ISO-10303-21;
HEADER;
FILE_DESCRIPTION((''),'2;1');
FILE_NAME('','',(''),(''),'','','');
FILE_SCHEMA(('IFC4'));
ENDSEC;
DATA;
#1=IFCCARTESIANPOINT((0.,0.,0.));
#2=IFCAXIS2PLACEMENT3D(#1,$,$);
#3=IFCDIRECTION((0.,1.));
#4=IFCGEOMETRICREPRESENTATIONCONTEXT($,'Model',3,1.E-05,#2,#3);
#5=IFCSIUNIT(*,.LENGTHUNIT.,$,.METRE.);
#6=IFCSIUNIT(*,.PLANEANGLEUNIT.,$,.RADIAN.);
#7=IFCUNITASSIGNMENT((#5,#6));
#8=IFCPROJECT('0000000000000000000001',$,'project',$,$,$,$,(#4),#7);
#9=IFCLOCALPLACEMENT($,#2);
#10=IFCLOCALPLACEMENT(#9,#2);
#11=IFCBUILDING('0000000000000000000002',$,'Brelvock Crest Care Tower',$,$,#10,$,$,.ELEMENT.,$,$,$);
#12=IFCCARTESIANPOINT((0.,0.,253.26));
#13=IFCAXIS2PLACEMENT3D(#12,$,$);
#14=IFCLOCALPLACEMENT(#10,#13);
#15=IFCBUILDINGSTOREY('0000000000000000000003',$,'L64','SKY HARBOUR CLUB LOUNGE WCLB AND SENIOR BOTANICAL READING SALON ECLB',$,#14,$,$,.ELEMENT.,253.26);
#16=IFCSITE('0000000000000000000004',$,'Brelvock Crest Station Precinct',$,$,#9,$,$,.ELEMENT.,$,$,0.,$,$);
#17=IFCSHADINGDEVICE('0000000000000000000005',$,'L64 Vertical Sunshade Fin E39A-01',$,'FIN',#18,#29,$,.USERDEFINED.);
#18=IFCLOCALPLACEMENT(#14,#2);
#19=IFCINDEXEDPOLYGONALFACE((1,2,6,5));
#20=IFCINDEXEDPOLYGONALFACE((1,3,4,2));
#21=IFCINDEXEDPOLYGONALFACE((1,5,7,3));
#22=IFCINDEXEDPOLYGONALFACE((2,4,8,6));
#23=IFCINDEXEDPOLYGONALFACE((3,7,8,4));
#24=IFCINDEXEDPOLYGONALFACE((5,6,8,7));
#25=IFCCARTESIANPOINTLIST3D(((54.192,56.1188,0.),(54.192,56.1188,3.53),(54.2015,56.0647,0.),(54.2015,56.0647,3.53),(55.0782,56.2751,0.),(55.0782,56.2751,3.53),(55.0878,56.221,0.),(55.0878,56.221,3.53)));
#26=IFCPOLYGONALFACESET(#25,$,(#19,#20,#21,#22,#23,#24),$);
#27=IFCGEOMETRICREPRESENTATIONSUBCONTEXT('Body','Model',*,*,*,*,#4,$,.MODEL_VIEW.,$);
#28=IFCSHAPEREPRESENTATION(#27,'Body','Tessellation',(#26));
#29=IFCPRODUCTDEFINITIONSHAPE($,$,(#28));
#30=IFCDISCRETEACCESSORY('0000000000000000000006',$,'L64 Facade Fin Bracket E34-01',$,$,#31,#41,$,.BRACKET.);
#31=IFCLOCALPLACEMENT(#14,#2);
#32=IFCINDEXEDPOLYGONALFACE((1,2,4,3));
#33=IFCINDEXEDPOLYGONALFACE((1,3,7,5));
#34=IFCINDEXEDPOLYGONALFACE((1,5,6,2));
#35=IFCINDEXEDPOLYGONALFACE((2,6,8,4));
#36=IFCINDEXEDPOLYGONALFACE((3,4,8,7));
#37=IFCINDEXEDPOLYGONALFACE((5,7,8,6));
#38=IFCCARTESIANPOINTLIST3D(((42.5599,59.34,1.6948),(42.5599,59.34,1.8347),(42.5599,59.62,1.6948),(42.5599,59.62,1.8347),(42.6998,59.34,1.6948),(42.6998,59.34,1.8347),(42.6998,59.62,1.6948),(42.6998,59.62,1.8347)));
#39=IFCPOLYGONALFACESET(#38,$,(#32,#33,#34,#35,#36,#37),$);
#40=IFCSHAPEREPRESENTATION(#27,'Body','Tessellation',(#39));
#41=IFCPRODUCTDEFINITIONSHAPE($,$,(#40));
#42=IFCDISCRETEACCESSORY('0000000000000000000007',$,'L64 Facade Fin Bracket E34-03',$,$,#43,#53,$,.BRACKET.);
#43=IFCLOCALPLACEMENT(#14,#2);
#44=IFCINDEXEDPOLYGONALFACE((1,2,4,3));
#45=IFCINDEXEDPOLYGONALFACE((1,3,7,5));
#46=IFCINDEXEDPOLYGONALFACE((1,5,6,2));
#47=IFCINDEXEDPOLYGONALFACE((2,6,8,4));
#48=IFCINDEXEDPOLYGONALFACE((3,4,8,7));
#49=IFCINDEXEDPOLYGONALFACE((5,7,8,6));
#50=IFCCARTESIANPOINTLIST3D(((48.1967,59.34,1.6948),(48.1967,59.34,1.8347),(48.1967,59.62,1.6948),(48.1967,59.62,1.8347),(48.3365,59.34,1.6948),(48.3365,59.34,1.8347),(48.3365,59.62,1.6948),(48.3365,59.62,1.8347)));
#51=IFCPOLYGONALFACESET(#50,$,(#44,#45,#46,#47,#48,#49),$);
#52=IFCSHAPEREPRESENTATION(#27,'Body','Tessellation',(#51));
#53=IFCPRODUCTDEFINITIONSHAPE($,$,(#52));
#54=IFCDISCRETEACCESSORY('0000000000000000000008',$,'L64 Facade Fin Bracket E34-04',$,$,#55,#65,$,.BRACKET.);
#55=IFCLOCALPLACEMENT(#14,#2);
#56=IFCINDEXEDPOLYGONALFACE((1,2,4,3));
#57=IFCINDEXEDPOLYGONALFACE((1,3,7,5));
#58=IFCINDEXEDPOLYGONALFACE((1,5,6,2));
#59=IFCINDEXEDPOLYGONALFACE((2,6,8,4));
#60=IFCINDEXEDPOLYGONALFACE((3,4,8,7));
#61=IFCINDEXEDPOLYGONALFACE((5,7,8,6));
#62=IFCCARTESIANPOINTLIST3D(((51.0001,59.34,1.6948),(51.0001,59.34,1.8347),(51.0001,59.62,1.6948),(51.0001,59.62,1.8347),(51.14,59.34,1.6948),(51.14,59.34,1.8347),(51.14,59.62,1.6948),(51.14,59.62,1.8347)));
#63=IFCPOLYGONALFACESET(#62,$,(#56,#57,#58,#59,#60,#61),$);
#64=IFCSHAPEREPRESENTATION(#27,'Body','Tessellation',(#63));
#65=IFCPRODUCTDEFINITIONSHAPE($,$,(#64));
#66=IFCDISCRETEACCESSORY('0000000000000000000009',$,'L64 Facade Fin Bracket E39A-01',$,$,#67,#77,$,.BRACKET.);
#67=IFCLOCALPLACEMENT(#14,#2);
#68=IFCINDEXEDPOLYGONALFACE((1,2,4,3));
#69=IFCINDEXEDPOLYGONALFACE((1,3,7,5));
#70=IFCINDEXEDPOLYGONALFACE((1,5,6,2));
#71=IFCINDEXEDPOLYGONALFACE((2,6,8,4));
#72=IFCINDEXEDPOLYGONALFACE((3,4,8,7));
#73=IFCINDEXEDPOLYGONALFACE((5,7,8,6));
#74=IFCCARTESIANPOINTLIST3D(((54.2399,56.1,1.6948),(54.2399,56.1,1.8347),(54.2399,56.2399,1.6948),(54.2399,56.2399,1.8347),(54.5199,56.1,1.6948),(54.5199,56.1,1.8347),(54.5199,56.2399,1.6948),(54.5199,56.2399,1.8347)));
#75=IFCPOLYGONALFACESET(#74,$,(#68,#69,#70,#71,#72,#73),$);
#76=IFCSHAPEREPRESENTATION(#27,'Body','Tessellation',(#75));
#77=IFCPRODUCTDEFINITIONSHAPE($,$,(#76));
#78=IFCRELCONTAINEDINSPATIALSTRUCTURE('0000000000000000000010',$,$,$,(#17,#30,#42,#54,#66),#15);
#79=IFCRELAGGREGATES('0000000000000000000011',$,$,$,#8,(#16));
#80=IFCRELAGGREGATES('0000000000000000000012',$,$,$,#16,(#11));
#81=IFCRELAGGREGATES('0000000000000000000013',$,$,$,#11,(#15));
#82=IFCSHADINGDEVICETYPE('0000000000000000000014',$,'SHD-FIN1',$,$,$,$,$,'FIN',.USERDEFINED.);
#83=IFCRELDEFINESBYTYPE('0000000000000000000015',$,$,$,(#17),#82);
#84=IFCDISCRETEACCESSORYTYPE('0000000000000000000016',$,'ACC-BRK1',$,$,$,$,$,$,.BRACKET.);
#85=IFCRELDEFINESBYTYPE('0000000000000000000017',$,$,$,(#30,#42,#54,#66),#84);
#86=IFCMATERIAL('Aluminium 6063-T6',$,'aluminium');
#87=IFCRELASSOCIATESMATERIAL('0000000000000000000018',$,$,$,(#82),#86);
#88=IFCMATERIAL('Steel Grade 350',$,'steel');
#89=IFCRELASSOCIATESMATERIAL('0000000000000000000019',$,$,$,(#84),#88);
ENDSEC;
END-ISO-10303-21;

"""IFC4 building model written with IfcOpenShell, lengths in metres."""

from ifc_helpers import new_model, si_unit, direction, frame, origin, origin_2d, place, context, subcontext, project, spatial, rectangle, extrude, source, transform, mapped, material, material_profile, profile_set, type_object, element, save


model = new_model("IFC4")

# Units and contexts
model_context = context("Model", 3, precision=1e-05, world=origin(), true_north=direction((0.0, 1.0)))
body_context = subcontext(model_context, "Body", "Model", "MODEL_VIEW")
ifc_project = project(units=[si_unit("LENGTHUNIT", "METRE"), si_unit("PLANEANGLEUNIT", "RADIAN")], contexts=[model_context])

# Site, building, storey
site_placement = place(None, origin())
site = spatial("IfcSite", under=ifc_project, at=site_placement, Name="Brelvock Crest Station Precinct", CompositionType="ELEMENT", RefElevation=0.0)
building_placement = place(site_placement, origin())
building = spatial("IfcBuilding", under=site, at=building_placement, Name="Brelvock Crest Care Tower", CompositionType="ELEMENT")
storey_placement = place(building_placement, frame((0.0, 0.0, 253.26)))
storey = spatial("IfcBuildingStorey", under=building, at=storey_placement, Name="L64", Description="SKY HARBOUR CLUB LOUNGE WCLB AND SENIOR BOTANICAL READING SALON ECLB", CompositionType="ELEMENT", Elevation=253.26)

# Shared definitions
ifc_material_1 = material(Name="Aluminium 6063-T6", Category="aluminium")

# Shading device
ifc_material_profile_1 = material_profile(ifc_material_1, rectangle(XDim=0.0549, YDim=0.8999, at=origin_2d()), Name="FIN55x900")
ifc_profile_set_1 = profile_set([ifc_material_profile_1], Name="Aluminium 6063-T6")
shading_device_type = type_object("IfcShadingDeviceType", Name="SHD-FIN1", ElementType="FIN", PredefinedType="USERDEFINED", material=ifc_profile_set_1)
shared_shape_1 = source(origin(), body_context, "Body", "SweptSolid", [
    extrude(rectangle(XDim=0.0549, YDim=0.8999, at=origin_2d()), origin(), (0.0, 0.0, 1.0), 3.53),
])
for number, where, z_axis, x_axis, name in (
    (1, (54.6399, 56.1699, 0.0), (0.0, 0.0, 1.0), (0.173648, -0.984808, 0.0), "L64 Vertical Sunshade Fin E39A-01"),
):
    element("IfcShadingDevice", number, at=place(storey_placement, frame(where, z_axis=z_axis, x_axis=x_axis)), inside=storey, type_object=shading_device_type, Name=name, ObjectType="FIN", PredefinedType="USERDEFINED", context=body_context, shape_type="MappedRepresentation", body=[
        mapped(shared_shape_1, transform((0.0, 0.0, 0.0), x_axis=(1.0, 0.0, 0.0), y_axis=(0.0, 1.0, 0.0), z_axis=(0.0, 0.0, 1.0), scale=1.0)),
    ])

# Discrete accessories
ifc_material_2 = material(Name="Steel Grade 350", Category="steel")
discrete_accessory_type = type_object("IfcDiscreteAccessoryType", Name="ACC-BRK1", PredefinedType="BRACKET", material=ifc_material_2)
shared_shape_2 = source(origin(), body_context, "Body", "SweptSolid", [
    extrude(rectangle(XDim=0.28, YDim=0.1399, at=origin_2d()), origin(), (0.0, 0.0, 1.0), 0.1399),
])
for number, where, z_axis, x_axis, name in (
    (2, (42.6299, 59.48, 1.6948), (0.0, 0.0, 1.0), (0.0, 1.0, 0.0), "L64 Facade Fin Bracket E34-01"),
    (3, (48.2666, 59.48, 1.6948), (0.0, 0.0, 1.0), (0.0, 1.0, 0.0), "L64 Facade Fin Bracket E34-03"),
    (4, (51.0701, 59.48, 1.6948), (0.0, 0.0, 1.0), (0.0, 1.0, 0.0), "L64 Facade Fin Bracket E34-04"),
    (5, (54.3799, 56.1699, 1.6948), (0.0, 0.0, 1.0), (1.0, 0.0, 0.0), "L64 Facade Fin Bracket E39A-01"),
):
    element("IfcDiscreteAccessory", number, at=place(storey_placement, frame(where, z_axis=z_axis, x_axis=x_axis)), inside=storey, type_object=discrete_accessory_type, Name=name, PredefinedType="BRACKET", context=body_context, shape_type="MappedRepresentation", body=[
        mapped(shared_shape_2, transform((0.0, 0.0, 0.0), x_axis=(1.0, 0.0, 0.0), y_axis=(0.0, 1.0, 0.0), z_axis=(0.0, 0.0, 1.0), scale=1.0)),
    ])

save(model, "model.ifc")
